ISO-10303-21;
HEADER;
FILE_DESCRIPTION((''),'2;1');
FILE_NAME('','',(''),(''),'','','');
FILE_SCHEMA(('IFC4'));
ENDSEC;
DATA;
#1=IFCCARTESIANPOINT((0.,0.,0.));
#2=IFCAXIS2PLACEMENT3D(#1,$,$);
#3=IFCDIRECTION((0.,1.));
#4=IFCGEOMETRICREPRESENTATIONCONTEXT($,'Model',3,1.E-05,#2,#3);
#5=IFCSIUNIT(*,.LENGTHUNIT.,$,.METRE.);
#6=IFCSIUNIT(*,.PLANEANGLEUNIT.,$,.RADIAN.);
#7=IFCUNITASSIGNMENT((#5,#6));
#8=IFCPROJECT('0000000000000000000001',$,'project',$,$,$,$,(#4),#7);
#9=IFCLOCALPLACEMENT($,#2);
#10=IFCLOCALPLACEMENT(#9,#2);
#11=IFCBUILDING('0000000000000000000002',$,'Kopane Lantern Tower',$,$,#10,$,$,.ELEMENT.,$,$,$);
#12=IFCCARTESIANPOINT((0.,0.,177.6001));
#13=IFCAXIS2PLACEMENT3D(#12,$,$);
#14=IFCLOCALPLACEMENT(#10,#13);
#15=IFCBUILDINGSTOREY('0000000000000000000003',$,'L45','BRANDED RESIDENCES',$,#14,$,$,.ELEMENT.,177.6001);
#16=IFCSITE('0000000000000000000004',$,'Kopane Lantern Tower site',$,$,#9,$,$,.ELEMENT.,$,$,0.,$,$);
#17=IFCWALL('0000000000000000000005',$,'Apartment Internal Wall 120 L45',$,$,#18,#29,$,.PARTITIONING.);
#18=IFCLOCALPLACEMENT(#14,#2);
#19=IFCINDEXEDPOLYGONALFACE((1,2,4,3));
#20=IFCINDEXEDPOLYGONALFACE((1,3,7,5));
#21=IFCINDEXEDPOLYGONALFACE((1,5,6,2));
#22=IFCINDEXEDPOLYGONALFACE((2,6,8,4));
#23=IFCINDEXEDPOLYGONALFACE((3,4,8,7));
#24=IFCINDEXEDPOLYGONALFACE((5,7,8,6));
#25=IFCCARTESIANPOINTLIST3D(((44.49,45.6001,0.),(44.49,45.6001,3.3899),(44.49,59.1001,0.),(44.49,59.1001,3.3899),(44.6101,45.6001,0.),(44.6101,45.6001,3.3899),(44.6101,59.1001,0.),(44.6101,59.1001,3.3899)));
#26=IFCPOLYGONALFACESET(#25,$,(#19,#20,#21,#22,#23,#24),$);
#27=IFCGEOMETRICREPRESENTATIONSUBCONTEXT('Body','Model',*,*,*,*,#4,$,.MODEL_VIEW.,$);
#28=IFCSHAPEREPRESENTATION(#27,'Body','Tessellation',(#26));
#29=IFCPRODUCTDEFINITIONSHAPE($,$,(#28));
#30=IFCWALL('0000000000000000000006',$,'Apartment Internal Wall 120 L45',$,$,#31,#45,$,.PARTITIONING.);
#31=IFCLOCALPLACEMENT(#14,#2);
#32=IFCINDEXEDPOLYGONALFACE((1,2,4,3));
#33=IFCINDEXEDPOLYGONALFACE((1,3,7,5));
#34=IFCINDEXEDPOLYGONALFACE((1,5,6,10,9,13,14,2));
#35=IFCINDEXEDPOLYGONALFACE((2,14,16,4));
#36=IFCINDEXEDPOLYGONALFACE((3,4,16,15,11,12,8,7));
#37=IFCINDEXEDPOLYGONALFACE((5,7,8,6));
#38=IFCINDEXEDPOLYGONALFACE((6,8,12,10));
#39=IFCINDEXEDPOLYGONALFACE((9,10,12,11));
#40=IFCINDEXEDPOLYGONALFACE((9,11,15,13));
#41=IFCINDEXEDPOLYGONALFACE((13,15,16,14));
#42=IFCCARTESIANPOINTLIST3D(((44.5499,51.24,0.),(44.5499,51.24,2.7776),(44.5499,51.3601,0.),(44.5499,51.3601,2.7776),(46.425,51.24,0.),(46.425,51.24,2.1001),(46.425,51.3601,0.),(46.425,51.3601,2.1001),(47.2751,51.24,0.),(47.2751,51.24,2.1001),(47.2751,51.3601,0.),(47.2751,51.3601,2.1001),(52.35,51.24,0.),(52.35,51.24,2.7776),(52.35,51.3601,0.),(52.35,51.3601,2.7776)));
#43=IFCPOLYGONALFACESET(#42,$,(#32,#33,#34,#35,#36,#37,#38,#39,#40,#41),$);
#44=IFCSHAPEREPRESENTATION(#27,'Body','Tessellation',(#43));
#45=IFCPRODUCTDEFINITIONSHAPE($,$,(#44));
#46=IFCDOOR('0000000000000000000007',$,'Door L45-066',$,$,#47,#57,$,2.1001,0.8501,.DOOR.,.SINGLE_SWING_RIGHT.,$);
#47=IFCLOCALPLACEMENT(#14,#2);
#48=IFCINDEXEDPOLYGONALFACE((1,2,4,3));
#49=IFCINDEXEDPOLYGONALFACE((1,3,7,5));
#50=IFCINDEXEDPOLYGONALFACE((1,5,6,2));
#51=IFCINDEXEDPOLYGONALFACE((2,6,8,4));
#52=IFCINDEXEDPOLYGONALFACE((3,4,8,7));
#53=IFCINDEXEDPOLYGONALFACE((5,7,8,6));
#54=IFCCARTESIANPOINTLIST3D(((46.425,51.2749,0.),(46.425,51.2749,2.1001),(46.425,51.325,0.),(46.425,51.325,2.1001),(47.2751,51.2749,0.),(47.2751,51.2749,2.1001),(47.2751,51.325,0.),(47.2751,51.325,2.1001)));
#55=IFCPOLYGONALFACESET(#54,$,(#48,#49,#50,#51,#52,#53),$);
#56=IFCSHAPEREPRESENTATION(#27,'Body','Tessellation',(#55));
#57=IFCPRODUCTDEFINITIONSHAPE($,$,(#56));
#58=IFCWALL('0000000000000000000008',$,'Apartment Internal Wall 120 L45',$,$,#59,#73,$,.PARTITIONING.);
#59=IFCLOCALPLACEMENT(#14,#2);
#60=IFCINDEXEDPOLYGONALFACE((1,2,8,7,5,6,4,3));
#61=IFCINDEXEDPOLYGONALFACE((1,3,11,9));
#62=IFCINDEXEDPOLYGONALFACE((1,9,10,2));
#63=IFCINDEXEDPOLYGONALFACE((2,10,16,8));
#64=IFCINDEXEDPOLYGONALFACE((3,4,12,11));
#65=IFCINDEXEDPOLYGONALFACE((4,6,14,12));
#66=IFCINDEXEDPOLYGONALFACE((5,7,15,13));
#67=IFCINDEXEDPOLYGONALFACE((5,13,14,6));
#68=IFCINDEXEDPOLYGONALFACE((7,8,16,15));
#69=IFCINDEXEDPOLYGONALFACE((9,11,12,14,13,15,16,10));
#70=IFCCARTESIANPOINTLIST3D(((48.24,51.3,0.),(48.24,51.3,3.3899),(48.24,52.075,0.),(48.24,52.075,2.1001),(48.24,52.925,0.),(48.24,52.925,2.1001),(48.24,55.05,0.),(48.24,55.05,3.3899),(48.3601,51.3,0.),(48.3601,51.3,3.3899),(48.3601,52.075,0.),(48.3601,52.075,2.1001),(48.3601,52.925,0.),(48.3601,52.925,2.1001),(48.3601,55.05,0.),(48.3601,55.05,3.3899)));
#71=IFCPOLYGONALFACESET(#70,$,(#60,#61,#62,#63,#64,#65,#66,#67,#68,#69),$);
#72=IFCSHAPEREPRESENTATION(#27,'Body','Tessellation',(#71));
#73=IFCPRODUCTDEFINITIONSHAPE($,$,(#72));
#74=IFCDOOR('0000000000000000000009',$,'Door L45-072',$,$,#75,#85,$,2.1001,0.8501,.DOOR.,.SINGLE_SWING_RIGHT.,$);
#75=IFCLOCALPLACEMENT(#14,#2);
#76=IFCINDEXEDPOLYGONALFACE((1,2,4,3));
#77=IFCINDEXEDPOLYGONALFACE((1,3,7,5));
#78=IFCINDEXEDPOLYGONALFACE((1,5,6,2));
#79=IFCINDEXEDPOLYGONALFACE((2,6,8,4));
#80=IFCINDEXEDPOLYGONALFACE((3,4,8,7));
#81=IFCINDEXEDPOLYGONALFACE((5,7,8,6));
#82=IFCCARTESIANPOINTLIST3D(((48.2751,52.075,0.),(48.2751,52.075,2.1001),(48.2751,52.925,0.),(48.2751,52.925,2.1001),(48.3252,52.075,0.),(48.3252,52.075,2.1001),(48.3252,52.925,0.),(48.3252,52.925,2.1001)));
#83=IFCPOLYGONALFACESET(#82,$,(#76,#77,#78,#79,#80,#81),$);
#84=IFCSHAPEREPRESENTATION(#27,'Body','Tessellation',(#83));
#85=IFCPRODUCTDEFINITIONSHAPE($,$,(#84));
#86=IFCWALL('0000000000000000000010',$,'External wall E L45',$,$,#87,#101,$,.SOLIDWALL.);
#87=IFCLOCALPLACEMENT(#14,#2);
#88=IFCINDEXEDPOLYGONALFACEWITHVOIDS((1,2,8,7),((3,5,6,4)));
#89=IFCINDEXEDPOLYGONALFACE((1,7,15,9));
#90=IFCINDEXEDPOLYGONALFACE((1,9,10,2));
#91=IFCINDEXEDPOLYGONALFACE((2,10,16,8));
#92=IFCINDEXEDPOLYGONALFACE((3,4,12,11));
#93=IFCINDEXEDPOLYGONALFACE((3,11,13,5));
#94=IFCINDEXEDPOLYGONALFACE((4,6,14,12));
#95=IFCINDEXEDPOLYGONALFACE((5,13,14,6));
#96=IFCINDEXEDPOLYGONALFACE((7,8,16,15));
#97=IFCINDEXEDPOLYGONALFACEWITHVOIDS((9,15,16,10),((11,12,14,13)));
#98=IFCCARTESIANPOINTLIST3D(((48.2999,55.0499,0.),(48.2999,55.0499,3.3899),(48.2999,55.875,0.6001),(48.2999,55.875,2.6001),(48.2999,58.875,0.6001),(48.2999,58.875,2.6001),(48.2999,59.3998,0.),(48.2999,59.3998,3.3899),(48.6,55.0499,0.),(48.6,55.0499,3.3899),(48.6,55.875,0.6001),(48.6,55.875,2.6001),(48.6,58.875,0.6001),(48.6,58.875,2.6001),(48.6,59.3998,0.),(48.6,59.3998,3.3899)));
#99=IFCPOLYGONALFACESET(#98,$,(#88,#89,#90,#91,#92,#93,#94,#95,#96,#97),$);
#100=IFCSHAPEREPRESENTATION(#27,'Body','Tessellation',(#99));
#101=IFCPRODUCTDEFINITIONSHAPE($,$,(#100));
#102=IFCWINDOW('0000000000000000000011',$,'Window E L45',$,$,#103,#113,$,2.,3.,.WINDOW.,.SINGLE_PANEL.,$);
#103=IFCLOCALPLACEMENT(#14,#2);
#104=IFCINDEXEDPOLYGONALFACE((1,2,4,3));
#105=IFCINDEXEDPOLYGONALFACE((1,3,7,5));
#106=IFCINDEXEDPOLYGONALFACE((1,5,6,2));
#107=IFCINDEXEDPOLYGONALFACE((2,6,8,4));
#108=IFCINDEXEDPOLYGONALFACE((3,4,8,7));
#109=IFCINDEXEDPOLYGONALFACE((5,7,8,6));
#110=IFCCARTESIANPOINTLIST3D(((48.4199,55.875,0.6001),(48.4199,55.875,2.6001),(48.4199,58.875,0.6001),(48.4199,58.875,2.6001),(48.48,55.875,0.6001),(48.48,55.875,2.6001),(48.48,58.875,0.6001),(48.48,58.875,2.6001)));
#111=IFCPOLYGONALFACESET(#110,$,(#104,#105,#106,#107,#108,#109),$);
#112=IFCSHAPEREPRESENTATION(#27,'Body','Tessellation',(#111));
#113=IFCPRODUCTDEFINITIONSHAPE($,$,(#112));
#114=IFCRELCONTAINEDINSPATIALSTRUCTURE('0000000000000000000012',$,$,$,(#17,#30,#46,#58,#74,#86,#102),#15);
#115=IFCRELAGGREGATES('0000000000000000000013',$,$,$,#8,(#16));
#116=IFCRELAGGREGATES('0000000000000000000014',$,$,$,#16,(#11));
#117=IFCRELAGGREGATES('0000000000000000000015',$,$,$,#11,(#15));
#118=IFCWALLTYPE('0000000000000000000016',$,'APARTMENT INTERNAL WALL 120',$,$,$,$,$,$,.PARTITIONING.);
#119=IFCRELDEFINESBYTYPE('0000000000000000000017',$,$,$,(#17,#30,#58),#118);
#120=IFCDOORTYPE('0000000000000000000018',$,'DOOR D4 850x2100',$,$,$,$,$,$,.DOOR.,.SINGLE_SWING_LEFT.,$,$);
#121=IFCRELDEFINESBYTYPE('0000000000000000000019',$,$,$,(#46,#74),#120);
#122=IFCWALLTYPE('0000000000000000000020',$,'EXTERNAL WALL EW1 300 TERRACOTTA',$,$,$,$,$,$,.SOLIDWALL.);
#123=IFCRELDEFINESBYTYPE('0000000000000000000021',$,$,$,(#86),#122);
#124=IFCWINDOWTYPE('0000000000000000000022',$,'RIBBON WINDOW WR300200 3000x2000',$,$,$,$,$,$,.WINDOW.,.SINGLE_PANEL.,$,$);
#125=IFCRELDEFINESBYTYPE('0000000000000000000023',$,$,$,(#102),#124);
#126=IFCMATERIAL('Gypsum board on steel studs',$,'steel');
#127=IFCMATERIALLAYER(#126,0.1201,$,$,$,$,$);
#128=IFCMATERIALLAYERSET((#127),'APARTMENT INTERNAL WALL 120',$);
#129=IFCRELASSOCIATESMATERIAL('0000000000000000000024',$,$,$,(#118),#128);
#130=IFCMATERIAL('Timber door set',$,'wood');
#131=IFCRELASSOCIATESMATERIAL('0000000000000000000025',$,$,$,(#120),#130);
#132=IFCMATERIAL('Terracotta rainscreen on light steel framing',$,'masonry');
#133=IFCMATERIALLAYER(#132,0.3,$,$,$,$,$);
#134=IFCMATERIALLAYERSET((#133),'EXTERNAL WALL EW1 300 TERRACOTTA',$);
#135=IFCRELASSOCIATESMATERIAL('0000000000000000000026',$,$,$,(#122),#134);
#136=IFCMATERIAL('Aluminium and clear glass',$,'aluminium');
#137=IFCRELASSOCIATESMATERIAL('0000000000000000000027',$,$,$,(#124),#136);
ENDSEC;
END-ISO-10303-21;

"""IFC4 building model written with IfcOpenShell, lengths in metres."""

from ifc_helpers import new_model, si_unit, direction, frame, frame_2d, origin, place, context, subcontext, project, spatial, rectangle, extrude, material, layer, layer_set, type_object, element, fill, save


model = new_model("IFC4")

# Units and contexts
model_context = context("Model", 3, precision=1e-05, world=origin(), true_north=direction((0.0, 1.0)))
body_context = subcontext(model_context, "Body", "Model", "MODEL_VIEW")
ifc_project = project(units=[si_unit("LENGTHUNIT", "METRE"), si_unit("PLANEANGLEUNIT", "RADIAN")], contexts=[model_context])

# Site, building, storey
site_placement = place(None, origin())
site = spatial("IfcSite", under=ifc_project, at=site_placement, Name="Kopane Lantern Tower site", CompositionType="ELEMENT", RefElevation=0.0)
building_placement = place(site_placement, origin())
building = spatial("IfcBuilding", under=site, at=building_placement, Name="Kopane Lantern Tower", CompositionType="ELEMENT")
storey_placement = place(building_placement, frame((0.0, 0.0, 177.6001)))
storey = spatial("IfcBuildingStorey", under=building, at=storey_placement, Name="L45", Description="BRANDED RESIDENCES", CompositionType="ELEMENT", Elevation=177.6001)

# Wall
ifc_material_1 = material(Name="Gypsum board on steel studs", Category="steel")
ifc_layer_1 = layer(ifc_material_1, 0.1201)
ifc_layer_set_1 = layer_set([ifc_layer_1], Name="APARTMENT INTERNAL WALL 120")
wall_type_1 = type_object("IfcWallType", Name="APARTMENT INTERNAL WALL 120", PredefinedType="PARTITIONING", material=ifc_layer_set_1)
wall_1_placement = place(storey_placement, frame((44.55, 45.6001, 0.0), z_axis=(0.0, 0.0, 1.0), x_axis=(0.0, 1.0, 0.0)))
element("IfcWall", 1, at=wall_1_placement, inside=storey, type_object=wall_type_1, Name="Apartment Internal Wall 120 L45", PredefinedType="PARTITIONING", context=body_context, shape_type="SweptSolid", body=[
    extrude(rectangle(XDim=13.5, YDim=0.1201, at=frame_2d((6.75, 0.0))), origin(), (0.0, 0.0, 1.0), 3.3899),
])

# Walls, openings, doors
wall_2_placement = place(storey_placement, frame((44.55, 51.3, 0.0), z_axis=(0.0, 0.0, 1.0), x_axis=(1.0, 0.0, 0.0)))
wall_2 = element("IfcWall", 2, at=wall_2_placement, inside=storey, type_object=wall_type_1, Name="Apartment Internal Wall 120 L45", PredefinedType="PARTITIONING", context=body_context, shape_type="SweptSolid", body=[
    extrude(rectangle(XDim=7.8, YDim=0.1201, at=frame_2d((3.8999, 0.0))), origin(), (0.0, 0.0, 1.0), 2.7776),
])
opening_1_placement = place(wall_2_placement, frame((1.875, 0.0, 0.0)))
opening_1 = element("IfcOpeningElement", 3, at=opening_1_placement, cuts=wall_2, PredefinedType="OPENING", context=body_context, shape_type="SweptSolid", body=[
    extrude(rectangle(XDim=0.8501, YDim=2.1001, at=frame_2d((0.425, 1.05))), frame((0.0, 0.0701, 0.0), z_axis=(0.0, -1.0, 0.0), x_axis=(1.0, 0.0, 0.0)), (0.0, 0.0, 1.0), 0.1401),
])
ifc_material_2 = material(Name="Timber door set", Category="wood")
door_type = type_object("IfcDoorType", Name="DOOR D4 850x2100", OperationType="SINGLE_SWING_LEFT", PredefinedType="DOOR", material=ifc_material_2)
door_1_placement = place(opening_1_placement, origin())
door_1 = element("IfcDoor", 4, at=door_1_placement, inside=storey, type_object=door_type, Name="Door L45-066", OperationType="SINGLE_SWING_RIGHT", OverallHeight=2.1001, OverallWidth=0.8501, PredefinedType="DOOR", context=body_context, shape_type="SweptSolid", body=[
    extrude(rectangle(XDim=0.8501, YDim=2.1001, at=frame_2d((0.425, 1.05))), frame((0.0, 0.0249, 0.0), z_axis=(0.0, -1.0, 0.0), x_axis=(1.0, 0.0, 0.0)), (0.0, 0.0, 1.0), 0.05),
])
fill(opening_1, door_1)
wall_3_placement = place(storey_placement, frame((48.3, 51.3, 0.0), z_axis=(0.0, 0.0, 1.0), x_axis=(0.0, 1.0, 0.0)))
wall_3 = element("IfcWall", 5, at=wall_3_placement, inside=storey, type_object=wall_type_1, Name="Apartment Internal Wall 120 L45", PredefinedType="PARTITIONING", context=body_context, shape_type="SweptSolid", body=[
    extrude(rectangle(XDim=3.75, YDim=0.1201, at=frame_2d((1.875, 0.0))), origin(), (0.0, 0.0, 1.0), 3.3899),
])
opening_2_placement = place(wall_3_placement, frame((0.7749, 0.0, 0.0)))
opening_2 = element("IfcOpeningElement", 6, at=opening_2_placement, cuts=wall_3, PredefinedType="OPENING", context=body_context, shape_type="SweptSolid", body=[
    extrude(rectangle(XDim=0.8501, YDim=2.1001, at=frame_2d((0.425, 1.05))), frame((0.0, 0.0701, 0.0), z_axis=(0.0, -1.0, 0.0), x_axis=(1.0, 0.0, 0.0)), (0.0, 0.0, 1.0), 0.1401),
])
door_2_placement = place(opening_2_placement, origin())
door_2 = element("IfcDoor", 7, at=door_2_placement, inside=storey, type_object=door_type, Name="Door L45-072", OperationType="SINGLE_SWING_RIGHT", OverallHeight=2.1001, OverallWidth=0.8501, PredefinedType="DOOR", context=body_context, shape_type="SweptSolid", body=[
    extrude(rectangle(XDim=0.8501, YDim=2.1001, at=frame_2d((0.425, 1.05))), frame((0.0, 0.0249, 0.0), z_axis=(0.0, -1.0, 0.0), x_axis=(1.0, 0.0, 0.0)), (0.0, 0.0, 1.0), 0.05),
])
fill(opening_2, door_2)

# Wall, opening, window
ifc_material_3 = material(Name="Terracotta rainscreen on light steel framing", Category="masonry")
ifc_layer_2 = layer(ifc_material_3, 0.3)
ifc_layer_set_2 = layer_set([ifc_layer_2], Name="EXTERNAL WALL EW1 300 TERRACOTTA")
wall_type_2 = type_object("IfcWallType", Name="EXTERNAL WALL EW1 300 TERRACOTTA", PredefinedType="SOLIDWALL", material=ifc_layer_set_2)
wall_4_placement = place(storey_placement, frame((48.45, 55.05, 0.0), z_axis=(0.0, 0.0, 1.0), x_axis=(0.0, 1.0, 0.0)))
wall_4 = element("IfcWall", 8, at=wall_4_placement, inside=storey, type_object=wall_type_2, Name="External wall E L45", PredefinedType="SOLIDWALL", context=body_context, shape_type="SweptSolid", body=[
    extrude(rectangle(XDim=4.3499, YDim=0.3, at=frame_2d((2.1748, 0.0))), origin(), (0.0, 0.0, 1.0), 3.3899),
])
opening_3_placement = place(wall_4_placement, frame((0.825, 0.0, 0.6001)))
opening_3 = element("IfcOpeningElement", 9, at=opening_3_placement, cuts=wall_4, PredefinedType="OPENING", context=body_context, shape_type="SweptSolid", body=[
    extrude(rectangle(XDim=3.0, YDim=2.0, at=frame_2d((1.5, 1.0))), frame((0.0, 0.1599, 0.0), z_axis=(0.0, -1.0, 0.0), x_axis=(1.0, 0.0, 0.0)), (0.0, 0.0, 1.0), 0.3201),
])
ifc_material_4 = material(Name="Aluminium and clear glass", Category="aluminium")
window_type_1 = type_object("IfcWindowType", Name="RIBBON WINDOW WR300200 3000x2000", PartitioningType="SINGLE_PANEL", PredefinedType="WINDOW", material=ifc_material_4)
window_1_placement = place(opening_3_placement, origin())
window_1 = element("IfcWindow", 10, at=window_1_placement, inside=storey, type_object=window_type_1, Name="Window E L45", OverallHeight=2.0, OverallWidth=3.0, PartitioningType="SINGLE_PANEL", PredefinedType="WINDOW", context=body_context, shape_type="SweptSolid", body=[
    extrude(rectangle(XDim=3.0, YDim=2.0, at=frame_2d((1.5, 1.0))), frame((0.0, 0.03, 0.0), z_axis=(0.0, -1.0, 0.0), x_axis=(1.0, 0.0, 0.0)), (0.0, 0.0, 1.0), 0.0601),
])
fill(opening_3, window_1)

save(model, "model.ifc")
